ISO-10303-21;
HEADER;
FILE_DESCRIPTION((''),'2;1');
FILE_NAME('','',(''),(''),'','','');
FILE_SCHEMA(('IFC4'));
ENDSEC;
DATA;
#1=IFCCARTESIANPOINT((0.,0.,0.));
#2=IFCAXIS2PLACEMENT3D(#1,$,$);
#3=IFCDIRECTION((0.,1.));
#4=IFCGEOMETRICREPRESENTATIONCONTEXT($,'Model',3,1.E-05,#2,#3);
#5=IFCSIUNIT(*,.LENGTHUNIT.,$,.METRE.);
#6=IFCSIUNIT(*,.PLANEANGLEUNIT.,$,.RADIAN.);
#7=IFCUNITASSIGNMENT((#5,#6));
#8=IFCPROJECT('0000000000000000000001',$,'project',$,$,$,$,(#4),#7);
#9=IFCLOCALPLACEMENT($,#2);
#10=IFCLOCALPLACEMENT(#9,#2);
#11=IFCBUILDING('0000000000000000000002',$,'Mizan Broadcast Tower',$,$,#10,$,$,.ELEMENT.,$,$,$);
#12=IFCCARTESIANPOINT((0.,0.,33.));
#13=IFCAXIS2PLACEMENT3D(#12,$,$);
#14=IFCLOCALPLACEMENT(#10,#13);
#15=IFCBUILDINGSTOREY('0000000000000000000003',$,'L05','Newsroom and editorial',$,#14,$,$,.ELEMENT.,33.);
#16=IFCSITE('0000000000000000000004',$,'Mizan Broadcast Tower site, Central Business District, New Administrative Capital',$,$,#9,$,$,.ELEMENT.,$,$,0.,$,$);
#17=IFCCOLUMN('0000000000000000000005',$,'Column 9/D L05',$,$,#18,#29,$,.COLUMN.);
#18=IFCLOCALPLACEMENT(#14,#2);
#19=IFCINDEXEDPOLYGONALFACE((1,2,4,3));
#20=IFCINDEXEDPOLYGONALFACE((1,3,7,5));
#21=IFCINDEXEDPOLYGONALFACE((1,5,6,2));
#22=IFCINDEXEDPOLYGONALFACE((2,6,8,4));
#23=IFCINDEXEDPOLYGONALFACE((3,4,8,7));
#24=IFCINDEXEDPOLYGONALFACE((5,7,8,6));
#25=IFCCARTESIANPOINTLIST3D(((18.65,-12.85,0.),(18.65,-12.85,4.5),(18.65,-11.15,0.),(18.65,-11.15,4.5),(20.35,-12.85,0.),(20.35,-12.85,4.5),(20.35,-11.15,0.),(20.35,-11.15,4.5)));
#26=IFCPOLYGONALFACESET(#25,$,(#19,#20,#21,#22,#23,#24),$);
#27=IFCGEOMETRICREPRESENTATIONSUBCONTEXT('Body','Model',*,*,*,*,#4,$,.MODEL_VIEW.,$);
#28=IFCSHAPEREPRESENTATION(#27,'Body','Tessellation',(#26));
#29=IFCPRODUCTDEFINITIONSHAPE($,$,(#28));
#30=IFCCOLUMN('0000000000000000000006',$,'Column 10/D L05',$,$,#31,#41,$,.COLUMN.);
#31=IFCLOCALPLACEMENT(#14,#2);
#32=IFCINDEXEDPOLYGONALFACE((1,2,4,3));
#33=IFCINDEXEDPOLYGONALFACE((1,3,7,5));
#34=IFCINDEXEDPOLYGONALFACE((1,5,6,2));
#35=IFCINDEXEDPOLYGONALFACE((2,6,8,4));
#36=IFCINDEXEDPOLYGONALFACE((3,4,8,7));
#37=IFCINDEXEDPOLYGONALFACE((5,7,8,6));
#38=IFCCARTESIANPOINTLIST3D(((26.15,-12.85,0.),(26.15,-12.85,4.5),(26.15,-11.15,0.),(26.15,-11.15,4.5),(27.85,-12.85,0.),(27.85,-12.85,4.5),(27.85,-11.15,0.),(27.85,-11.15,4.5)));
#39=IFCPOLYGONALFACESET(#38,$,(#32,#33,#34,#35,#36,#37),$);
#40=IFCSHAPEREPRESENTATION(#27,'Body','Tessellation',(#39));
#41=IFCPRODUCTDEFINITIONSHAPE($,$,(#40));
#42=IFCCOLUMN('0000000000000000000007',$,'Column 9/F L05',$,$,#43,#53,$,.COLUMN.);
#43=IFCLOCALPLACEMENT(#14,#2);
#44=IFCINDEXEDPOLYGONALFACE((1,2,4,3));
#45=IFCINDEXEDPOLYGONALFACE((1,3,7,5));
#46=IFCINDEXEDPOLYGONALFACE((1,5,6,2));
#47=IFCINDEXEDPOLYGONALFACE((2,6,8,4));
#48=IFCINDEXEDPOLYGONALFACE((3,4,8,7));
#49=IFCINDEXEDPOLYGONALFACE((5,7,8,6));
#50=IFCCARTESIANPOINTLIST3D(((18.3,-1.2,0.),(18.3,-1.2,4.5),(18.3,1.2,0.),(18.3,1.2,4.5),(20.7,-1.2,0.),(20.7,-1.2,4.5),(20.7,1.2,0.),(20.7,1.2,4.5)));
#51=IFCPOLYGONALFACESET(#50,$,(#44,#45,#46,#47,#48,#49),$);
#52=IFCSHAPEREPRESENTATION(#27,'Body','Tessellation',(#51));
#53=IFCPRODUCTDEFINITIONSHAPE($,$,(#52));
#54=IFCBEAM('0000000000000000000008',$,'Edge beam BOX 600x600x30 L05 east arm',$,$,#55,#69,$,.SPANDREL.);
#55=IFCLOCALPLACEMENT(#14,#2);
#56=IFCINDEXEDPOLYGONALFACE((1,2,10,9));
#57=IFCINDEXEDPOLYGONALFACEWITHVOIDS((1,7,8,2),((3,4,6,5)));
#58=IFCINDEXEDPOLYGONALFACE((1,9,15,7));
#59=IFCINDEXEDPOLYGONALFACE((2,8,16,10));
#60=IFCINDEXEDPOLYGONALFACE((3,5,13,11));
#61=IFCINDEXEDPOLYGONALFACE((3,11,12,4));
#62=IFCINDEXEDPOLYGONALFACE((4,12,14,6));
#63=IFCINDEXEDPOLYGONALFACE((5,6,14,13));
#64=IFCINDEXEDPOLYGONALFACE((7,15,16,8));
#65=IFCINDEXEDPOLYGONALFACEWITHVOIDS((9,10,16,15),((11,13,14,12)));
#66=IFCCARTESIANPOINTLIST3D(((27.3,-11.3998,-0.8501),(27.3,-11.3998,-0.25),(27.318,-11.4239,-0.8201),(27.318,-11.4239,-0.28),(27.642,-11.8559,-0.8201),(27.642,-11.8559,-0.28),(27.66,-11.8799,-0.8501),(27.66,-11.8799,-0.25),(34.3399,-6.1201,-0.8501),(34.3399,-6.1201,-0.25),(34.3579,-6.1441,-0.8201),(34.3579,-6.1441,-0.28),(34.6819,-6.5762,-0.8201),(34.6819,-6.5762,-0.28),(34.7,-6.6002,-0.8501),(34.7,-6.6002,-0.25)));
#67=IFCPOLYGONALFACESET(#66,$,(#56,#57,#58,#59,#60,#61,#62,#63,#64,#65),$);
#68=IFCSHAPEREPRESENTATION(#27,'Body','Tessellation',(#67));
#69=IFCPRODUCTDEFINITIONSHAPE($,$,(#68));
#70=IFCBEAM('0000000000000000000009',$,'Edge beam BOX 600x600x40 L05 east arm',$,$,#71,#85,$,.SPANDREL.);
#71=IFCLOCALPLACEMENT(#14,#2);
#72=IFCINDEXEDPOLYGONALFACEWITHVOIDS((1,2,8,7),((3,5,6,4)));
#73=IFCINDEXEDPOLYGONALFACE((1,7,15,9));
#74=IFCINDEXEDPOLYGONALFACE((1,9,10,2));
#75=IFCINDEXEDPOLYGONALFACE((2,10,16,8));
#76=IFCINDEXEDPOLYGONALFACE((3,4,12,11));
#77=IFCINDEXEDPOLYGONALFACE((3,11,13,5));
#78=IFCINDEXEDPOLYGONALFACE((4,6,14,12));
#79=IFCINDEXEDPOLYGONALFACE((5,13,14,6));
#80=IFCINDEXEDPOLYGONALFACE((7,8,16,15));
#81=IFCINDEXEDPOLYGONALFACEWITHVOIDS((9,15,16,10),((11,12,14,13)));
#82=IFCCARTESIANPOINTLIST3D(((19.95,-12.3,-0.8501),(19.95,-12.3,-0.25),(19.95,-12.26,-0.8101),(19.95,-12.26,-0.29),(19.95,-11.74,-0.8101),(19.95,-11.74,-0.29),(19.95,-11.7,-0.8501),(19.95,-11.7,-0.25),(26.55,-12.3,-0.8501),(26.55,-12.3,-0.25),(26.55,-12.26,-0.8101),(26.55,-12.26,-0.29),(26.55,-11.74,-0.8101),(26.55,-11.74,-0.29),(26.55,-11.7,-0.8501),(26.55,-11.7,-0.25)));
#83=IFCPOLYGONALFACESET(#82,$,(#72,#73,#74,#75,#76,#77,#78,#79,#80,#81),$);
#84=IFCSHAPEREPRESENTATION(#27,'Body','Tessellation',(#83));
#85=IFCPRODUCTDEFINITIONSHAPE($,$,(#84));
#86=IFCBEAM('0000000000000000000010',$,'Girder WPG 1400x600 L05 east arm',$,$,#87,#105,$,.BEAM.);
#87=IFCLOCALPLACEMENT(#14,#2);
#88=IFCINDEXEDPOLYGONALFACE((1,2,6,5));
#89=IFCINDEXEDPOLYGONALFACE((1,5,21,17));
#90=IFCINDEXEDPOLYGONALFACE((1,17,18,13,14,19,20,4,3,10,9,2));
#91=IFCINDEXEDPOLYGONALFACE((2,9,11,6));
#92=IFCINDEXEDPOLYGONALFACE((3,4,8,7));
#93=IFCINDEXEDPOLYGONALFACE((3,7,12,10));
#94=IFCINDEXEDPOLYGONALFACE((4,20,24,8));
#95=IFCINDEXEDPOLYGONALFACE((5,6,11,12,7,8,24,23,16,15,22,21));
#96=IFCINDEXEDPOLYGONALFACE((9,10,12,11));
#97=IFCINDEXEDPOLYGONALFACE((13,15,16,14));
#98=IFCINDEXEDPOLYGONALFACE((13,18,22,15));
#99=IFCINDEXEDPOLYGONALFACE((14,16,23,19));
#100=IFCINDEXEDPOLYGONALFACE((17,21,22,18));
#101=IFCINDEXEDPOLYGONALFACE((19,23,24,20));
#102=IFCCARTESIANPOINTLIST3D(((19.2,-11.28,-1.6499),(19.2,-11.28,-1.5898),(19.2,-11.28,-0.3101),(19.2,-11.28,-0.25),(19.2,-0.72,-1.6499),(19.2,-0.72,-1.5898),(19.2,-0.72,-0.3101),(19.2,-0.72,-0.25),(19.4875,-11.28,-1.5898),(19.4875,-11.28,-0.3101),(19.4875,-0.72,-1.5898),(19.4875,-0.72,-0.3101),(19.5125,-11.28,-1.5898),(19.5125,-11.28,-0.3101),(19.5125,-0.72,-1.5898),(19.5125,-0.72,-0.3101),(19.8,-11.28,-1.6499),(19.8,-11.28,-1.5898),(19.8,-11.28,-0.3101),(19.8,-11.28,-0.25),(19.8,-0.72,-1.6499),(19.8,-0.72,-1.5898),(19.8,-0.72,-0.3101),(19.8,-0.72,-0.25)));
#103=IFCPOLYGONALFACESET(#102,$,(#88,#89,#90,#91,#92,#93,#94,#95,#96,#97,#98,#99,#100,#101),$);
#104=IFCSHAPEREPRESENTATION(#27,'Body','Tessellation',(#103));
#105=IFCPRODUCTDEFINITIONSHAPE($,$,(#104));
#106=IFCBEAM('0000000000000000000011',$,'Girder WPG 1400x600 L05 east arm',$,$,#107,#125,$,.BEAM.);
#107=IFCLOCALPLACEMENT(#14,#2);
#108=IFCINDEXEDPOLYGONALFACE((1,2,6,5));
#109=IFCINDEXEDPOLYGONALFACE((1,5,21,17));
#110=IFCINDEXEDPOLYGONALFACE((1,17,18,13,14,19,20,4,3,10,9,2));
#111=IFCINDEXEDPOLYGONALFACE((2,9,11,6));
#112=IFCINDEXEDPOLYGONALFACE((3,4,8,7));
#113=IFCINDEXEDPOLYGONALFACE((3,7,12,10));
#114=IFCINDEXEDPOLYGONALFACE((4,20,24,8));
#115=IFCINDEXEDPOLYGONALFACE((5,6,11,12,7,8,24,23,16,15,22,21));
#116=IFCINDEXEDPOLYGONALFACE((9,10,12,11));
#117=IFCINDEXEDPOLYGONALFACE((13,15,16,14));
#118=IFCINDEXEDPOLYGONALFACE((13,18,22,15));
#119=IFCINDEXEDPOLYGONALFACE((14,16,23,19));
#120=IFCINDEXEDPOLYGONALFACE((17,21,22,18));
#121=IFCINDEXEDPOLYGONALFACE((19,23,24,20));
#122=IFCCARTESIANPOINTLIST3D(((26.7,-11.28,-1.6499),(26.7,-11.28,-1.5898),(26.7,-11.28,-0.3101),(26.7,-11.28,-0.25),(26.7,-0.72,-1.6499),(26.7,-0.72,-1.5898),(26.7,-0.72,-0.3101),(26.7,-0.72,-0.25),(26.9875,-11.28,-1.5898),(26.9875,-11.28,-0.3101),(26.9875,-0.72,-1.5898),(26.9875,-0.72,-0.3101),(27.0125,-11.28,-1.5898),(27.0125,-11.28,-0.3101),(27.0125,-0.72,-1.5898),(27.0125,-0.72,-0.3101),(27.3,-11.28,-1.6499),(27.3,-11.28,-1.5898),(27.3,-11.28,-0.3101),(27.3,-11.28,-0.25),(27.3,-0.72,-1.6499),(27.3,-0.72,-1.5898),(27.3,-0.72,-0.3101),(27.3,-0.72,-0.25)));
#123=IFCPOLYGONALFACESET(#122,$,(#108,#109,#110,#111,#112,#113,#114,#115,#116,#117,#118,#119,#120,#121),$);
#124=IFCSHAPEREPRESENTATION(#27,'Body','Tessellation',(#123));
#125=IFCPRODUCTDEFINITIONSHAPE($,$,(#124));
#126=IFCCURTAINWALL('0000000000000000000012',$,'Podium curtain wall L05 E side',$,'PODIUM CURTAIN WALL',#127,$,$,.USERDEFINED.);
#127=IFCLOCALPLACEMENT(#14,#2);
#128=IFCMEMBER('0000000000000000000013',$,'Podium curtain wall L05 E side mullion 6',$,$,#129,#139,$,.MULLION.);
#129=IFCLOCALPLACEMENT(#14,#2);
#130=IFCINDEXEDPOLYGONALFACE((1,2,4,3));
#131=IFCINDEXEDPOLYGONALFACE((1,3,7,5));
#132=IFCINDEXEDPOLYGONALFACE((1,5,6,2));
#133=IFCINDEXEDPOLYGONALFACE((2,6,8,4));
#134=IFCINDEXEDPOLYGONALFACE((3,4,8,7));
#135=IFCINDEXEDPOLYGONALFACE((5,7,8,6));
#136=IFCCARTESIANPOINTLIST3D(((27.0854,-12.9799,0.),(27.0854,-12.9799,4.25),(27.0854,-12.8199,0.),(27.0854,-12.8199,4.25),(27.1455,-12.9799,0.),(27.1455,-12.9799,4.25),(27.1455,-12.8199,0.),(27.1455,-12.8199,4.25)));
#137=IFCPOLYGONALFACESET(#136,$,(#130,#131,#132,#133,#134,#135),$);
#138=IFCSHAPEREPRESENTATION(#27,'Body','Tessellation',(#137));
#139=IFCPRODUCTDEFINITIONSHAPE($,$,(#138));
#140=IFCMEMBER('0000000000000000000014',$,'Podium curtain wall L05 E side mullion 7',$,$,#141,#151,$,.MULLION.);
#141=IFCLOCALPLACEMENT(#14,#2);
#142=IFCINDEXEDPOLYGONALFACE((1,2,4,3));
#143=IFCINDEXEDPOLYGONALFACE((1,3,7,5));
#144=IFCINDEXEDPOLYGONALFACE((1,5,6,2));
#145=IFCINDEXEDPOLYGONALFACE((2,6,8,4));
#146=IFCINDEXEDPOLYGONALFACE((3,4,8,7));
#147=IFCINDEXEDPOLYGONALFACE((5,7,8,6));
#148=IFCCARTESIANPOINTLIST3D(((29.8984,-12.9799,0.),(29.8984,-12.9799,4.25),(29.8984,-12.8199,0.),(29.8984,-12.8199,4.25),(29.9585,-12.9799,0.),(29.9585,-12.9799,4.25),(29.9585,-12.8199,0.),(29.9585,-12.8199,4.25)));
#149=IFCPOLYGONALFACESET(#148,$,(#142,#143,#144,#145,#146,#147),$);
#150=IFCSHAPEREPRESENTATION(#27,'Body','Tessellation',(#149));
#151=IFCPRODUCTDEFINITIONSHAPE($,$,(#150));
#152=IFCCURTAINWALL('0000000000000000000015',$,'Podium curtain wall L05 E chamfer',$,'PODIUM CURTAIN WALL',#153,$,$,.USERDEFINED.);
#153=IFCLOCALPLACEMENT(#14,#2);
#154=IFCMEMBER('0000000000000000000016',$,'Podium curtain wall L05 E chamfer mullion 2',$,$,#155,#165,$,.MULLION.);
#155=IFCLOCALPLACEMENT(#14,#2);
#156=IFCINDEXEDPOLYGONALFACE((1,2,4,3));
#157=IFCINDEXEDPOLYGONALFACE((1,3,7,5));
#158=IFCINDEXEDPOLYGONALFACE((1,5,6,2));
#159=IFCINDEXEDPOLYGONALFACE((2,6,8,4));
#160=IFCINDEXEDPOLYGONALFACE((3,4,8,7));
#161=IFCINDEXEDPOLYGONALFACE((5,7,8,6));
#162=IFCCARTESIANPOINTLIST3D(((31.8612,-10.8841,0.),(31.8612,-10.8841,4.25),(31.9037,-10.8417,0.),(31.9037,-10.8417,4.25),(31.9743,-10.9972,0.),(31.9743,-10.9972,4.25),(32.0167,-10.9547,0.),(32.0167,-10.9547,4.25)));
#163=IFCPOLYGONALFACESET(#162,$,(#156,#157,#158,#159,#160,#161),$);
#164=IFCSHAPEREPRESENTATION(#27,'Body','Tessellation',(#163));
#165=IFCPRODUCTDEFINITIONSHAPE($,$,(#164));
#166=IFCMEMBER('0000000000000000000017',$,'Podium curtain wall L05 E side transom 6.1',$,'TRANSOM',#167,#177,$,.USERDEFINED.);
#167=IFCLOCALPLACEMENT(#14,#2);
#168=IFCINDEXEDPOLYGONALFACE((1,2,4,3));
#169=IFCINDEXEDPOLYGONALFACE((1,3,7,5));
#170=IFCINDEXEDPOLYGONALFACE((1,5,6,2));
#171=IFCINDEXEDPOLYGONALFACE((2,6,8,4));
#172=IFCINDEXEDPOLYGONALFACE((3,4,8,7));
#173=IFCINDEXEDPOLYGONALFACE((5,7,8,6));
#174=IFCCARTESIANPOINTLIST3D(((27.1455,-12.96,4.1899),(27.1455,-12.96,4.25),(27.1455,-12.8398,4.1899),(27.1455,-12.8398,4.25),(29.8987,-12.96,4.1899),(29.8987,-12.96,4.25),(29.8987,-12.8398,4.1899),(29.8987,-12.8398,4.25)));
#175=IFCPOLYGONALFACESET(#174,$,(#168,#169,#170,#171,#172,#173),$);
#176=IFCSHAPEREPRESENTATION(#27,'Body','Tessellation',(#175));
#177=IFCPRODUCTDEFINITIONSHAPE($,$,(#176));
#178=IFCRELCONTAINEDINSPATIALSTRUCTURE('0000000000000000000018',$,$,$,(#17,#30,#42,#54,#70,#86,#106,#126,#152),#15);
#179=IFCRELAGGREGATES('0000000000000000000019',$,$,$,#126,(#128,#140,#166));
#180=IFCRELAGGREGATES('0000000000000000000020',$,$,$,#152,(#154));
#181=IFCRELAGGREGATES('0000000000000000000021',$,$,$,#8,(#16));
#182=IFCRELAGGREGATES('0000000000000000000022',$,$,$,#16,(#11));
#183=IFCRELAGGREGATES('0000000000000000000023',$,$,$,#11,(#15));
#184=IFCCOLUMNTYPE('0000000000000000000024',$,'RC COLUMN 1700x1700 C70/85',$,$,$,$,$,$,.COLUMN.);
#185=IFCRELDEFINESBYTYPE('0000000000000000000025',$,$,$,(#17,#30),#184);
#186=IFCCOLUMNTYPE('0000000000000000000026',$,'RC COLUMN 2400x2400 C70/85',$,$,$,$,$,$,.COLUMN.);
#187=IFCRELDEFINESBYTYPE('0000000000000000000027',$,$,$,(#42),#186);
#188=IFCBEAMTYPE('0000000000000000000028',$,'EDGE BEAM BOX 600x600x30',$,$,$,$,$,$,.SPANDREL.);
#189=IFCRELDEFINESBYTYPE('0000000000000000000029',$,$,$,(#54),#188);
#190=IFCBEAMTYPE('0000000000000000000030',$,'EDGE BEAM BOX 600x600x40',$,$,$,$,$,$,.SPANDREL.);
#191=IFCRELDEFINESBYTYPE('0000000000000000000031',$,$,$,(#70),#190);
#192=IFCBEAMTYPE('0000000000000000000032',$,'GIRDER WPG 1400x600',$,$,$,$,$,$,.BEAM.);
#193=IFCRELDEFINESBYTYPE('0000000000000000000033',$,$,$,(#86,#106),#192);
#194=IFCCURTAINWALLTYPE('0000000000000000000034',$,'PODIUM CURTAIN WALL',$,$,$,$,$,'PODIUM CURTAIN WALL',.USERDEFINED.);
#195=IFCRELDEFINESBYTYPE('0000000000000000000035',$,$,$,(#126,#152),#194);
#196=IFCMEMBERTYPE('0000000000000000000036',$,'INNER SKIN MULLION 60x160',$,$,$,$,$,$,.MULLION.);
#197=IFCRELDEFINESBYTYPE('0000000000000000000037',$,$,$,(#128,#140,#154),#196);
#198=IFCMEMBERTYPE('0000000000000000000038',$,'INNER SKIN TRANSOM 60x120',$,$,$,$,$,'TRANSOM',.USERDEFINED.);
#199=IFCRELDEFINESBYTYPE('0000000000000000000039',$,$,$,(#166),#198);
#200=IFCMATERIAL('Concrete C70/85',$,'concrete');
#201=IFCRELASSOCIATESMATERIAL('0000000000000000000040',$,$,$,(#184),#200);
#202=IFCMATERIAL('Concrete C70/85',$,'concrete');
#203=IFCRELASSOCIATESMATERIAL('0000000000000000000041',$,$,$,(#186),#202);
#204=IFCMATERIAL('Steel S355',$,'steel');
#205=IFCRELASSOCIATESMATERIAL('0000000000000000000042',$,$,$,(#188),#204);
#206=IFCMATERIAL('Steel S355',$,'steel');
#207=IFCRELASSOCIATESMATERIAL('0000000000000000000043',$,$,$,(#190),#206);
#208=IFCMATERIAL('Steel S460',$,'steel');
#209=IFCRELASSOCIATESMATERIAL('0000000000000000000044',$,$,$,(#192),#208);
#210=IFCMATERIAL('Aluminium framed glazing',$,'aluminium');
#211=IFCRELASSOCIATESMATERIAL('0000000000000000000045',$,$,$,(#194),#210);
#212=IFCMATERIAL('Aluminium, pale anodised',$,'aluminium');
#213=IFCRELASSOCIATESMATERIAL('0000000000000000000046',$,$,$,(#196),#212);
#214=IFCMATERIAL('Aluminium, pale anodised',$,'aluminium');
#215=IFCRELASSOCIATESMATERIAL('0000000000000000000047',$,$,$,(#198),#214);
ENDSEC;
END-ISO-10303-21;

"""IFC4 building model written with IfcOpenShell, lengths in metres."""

from ifc_helpers import new_model, si_unit, direction, frame, origin, origin_2d, place, context, subcontext, project, spatial, rectangle, hollow_rectangle, i_section, extrude, material, material_profile, profile_set, type_object, element, aggregate, save


model = new_model("IFC4")

# Units and contexts
model_context = context("Model", 3, precision=1e-05, world=origin(), true_north=direction((0.0, 1.0)))
body_context = subcontext(model_context, "Body", "Model", "MODEL_VIEW")
ifc_project = project(units=[si_unit("LENGTHUNIT", "METRE"), si_unit("PLANEANGLEUNIT", "RADIAN")], contexts=[model_context])

# Site, building, storey
site_placement = place(None, origin())
site = spatial("IfcSite", under=ifc_project, at=site_placement, Name="Mizan Broadcast Tower site, Central Business District, New Administrative Capital", CompositionType="ELEMENT", RefElevation=0.0)
building_placement = place(site_placement, origin())
building = spatial("IfcBuilding", under=site, at=building_placement, Name="Mizan Broadcast Tower", CompositionType="ELEMENT")
storey_placement = place(building_placement, frame((0.0, 0.0, 33.0)))
storey = spatial("IfcBuildingStorey", under=building, at=storey_placement, Name="L05", Description="Newsroom and editorial", CompositionType="ELEMENT", Elevation=33.0)

# Columns
ifc_material_1 = material(Name="Concrete C70/85", Category="concrete")
ifc_material_profile_1 = material_profile(ifc_material_1, rectangle(XDim=1.7, YDim=1.7, at=origin_2d()), Name="RC 1700x1700")
ifc_profile_set_1 = profile_set([ifc_material_profile_1], Name="Concrete C70/85")
column_type_1 = type_object("IfcColumnType", Name="RC COLUMN 1700x1700 C70/85", PredefinedType="COLUMN", material=ifc_profile_set_1)
for number, where, z_axis, x_axis, name in (
    (1, (19.5, -12.0, 0.0), (0.0, 0.0, 1.0), (1.0, 0.0, 0.0), "Column 9/D L05"),
    (2, (27.0, -12.0, 0.0), (0.0, 0.0, 1.0), (1.0, 0.0, 0.0), "Column 10/D L05"),
):
    element("IfcColumn", number, at=place(storey_placement, frame(where, z_axis=z_axis, x_axis=x_axis)), inside=storey, type_object=column_type_1, Name=name, PredefinedType="COLUMN", context=body_context, shape_type="SweptSolid", body=[
        extrude(rectangle(XDim=1.7, YDim=1.7, at=origin_2d()), origin(), (0.0, 0.0, 1.0), 4.5),
    ])
ifc_material_2 = material(Name="Concrete C70/85", Category="concrete")
ifc_material_profile_2 = material_profile(ifc_material_2, rectangle(XDim=2.3999, YDim=2.3999, at=origin_2d()), Name="RC 2400x2400")
ifc_profile_set_2 = profile_set([ifc_material_profile_2], Name="Concrete C70/85")
column_type_2 = type_object("IfcColumnType", Name="RC COLUMN 2400x2400 C70/85", PredefinedType="COLUMN", material=ifc_profile_set_2)
column_placement = place(storey_placement, frame((19.5, 0.0, 0.0), z_axis=(0.0, 0.0, 1.0), x_axis=(1.0, 0.0, 0.0)))
element("IfcColumn", 3, at=column_placement, inside=storey, type_object=column_type_2, Name="Column 9/F L05", PredefinedType="COLUMN", context=body_context, shape_type="SweptSolid", body=[
    extrude(rectangle(XDim=2.3999, YDim=2.3999, at=origin_2d()), origin(), (0.0, 0.0, 1.0), 4.5),
])

# Beams
ifc_material_3 = material(Name="Steel S355", Category="steel")
ifc_material_profile_3 = material_profile(ifc_material_3, hollow_rectangle(XDim=0.6001, YDim=0.6001, WallThickness=0.03, at=origin_2d()), Name="BOX 600x600x30")
ifc_profile_set_3 = profile_set([ifc_material_profile_3], Name="Steel S355")
beam_type_1 = type_object("IfcBeamType", Name="EDGE BEAM BOX 600x600x30", PredefinedType="SPANDREL", material=ifc_profile_set_3)
beam_1_placement = place(storey_placement, frame((27.48, -11.6399, -0.55), z_axis=(0.800013, 0.599982, 0.0), x_axis=(-0.599982, 0.800013, 0.0)))
element("IfcBeam", 4, at=beam_1_placement, inside=storey, type_object=beam_type_1, Name="Edge beam BOX 600x600x30 L05 east arm", PredefinedType="SPANDREL", context=body_context, shape_type="SweptSolid", body=[
    extrude(hollow_rectangle(XDim=0.6001, YDim=0.6001, WallThickness=0.03, at=origin_2d()), origin(), (0.0, 0.0, 1.0), 8.7998),
])
ifc_material_4 = material(Name="Steel S355", Category="steel")
ifc_material_profile_4 = material_profile(ifc_material_4, hollow_rectangle(XDim=0.6001, YDim=0.6001, WallThickness=0.04, at=origin_2d()), Name="BOX 600x600x40")
ifc_profile_set_4 = profile_set([ifc_material_profile_4], Name="Steel S355")
beam_type_2 = type_object("IfcBeamType", Name="EDGE BEAM BOX 600x600x40", PredefinedType="SPANDREL", material=ifc_profile_set_4)
beam_2_placement = place(storey_placement, frame((19.95, -12.0, -0.55), z_axis=(1.0, 0.0, 0.0), x_axis=(0.0, 1.0, 0.0)))
element("IfcBeam", 5, at=beam_2_placement, inside=storey, type_object=beam_type_2, Name="Edge beam BOX 600x600x40 L05 east arm", PredefinedType="SPANDREL", context=body_context, shape_type="SweptSolid", body=[
    extrude(hollow_rectangle(XDim=0.6001, YDim=0.6001, WallThickness=0.04, at=origin_2d()), origin(), (0.0, 0.0, 1.0), 6.6001),
])
ifc_material_5 = material(Name="Steel S460", Category="steel")
ifc_material_profile_5 = material_profile(ifc_material_5, i_section(OverallWidth=0.6001, OverallDepth=1.3999, WebThickness=0.0249, FlangeThickness=0.0601, at=origin_2d()), Name="WPG 1400x600")
ifc_profile_set_5 = profile_set([ifc_material_profile_5], Name="Steel S460")
beam_type_3 = type_object("IfcBeamType", Name="GIRDER WPG 1400x600", PredefinedType="BEAM", material=ifc_profile_set_5)
for number, where, z_axis, x_axis, name in (
    (6, (19.5, -11.28, -0.95), (0.0, 1.0, 0.0), (-1.0, 0.0, 0.0), "Girder WPG 1400x600 L05 east arm"),
    (7, (27.0, -11.28, -0.95), (0.0, 1.0, 0.0), (-1.0, 0.0, 0.0), "Girder WPG 1400x600 L05 east arm"),
):
    element("IfcBeam", number, at=place(storey_placement, frame(where, z_axis=z_axis, x_axis=x_axis)), inside=storey, type_object=beam_type_3, Name=name, PredefinedType="BEAM", context=body_context, shape_type="SweptSolid", body=[
        extrude(i_section(OverallWidth=0.6001, OverallDepth=1.3999, WebThickness=0.0249, FlangeThickness=0.0601, at=origin_2d()), origin(), (0.0, 0.0, 1.0), 10.5601),
    ])

# Curtain wall, members
ifc_material_6 = material(Name="Aluminium framed glazing", Category="aluminium")
curtain_wall_type_1 = type_object("IfcCurtainWallType", Name="PODIUM CURTAIN WALL", ElementType="PODIUM CURTAIN WALL", PredefinedType="USERDEFINED", material=ifc_material_6)
curtain_wall_1_placement = place(storey_placement, origin())
curtain_wall_1 = element("IfcCurtainWall", 8, at=curtain_wall_1_placement, inside=storey, type_object=curtain_wall_type_1, Name="Podium curtain wall L05 E side", ObjectType="PODIUM CURTAIN WALL", PredefinedType="USERDEFINED")
ifc_material_7 = material(Name="Aluminium, pale anodised", Category="aluminium")
ifc_material_profile_6 = material_profile(ifc_material_7, rectangle(XDim=0.1599, YDim=0.0601, at=origin_2d()), Name="MULLION 160x60")
ifc_profile_set_6 = profile_set([ifc_material_profile_6], Name="Aluminium, pale anodised")
member_type_1 = type_object("IfcMemberType", Name="INNER SKIN MULLION 60x160", PredefinedType="MULLION", material=ifc_profile_set_6)
member_1_placement = place(storey_placement, frame((27.1155, -12.8999, 0.0), z_axis=(0.0, 0.0, 1.0), x_axis=(0.0, 1.0, 0.0)))
member_1 = element("IfcMember", 9, at=member_1_placement, type_object=member_type_1, Name="Podium curtain wall L05 E side mullion 6", PredefinedType="MULLION", context=body_context, shape_type="SweptSolid", body=[
    extrude(rectangle(XDim=0.1599, YDim=0.0601, at=origin_2d()), origin(), (0.0, 0.0, 1.0), 4.25),
])
member_2_placement = place(storey_placement, frame((29.9285, -12.8999, 0.0), z_axis=(0.0, 0.0, 1.0), x_axis=(0.0, 1.0, 0.0)))
member_2 = element("IfcMember", 10, at=member_2_placement, type_object=member_type_1, Name="Podium curtain wall L05 E side mullion 7", PredefinedType="MULLION", context=body_context, shape_type="SweptSolid", body=[
    extrude(rectangle(XDim=0.1599, YDim=0.0601, at=origin_2d()), origin(), (0.0, 0.0, 1.0), 4.25),
])

# Curtain wall, member
curtain_wall_2_placement = place(storey_placement, origin())
curtain_wall_2 = element("IfcCurtainWall", 11, at=curtain_wall_2_placement, inside=storey, type_object=curtain_wall_type_1, Name="Podium curtain wall L05 E chamfer", ObjectType="PODIUM CURTAIN WALL", PredefinedType="USERDEFINED")
member_3_placement = place(storey_placement, frame((31.939, -10.9194, 0.0), z_axis=(0.0, 0.0, 1.0), x_axis=(-0.707107, 0.707107, 0.0)))
member_3 = element("IfcMember", 12, at=member_3_placement, type_object=member_type_1, Name="Podium curtain wall L05 E chamfer mullion 2", PredefinedType="MULLION", context=body_context, shape_type="SweptSolid", body=[
    extrude(rectangle(XDim=0.1599, YDim=0.0601, at=origin_2d()), origin(), (0.0, 0.0, 1.0), 4.25),
])

# Member
ifc_material_8 = material(Name="Aluminium, pale anodised", Category="aluminium")
ifc_material_profile_7 = material_profile(ifc_material_8, rectangle(XDim=0.1201, YDim=0.0601, at=origin_2d()), Name="TRANSOM 120x60")
ifc_profile_set_7 = profile_set([ifc_material_profile_7], Name="Aluminium, pale anodised")
member_type_2 = type_object("IfcMemberType", Name="INNER SKIN TRANSOM 60x120", ElementType="TRANSOM", PredefinedType="USERDEFINED", material=ifc_profile_set_7)
member_4_placement = place(storey_placement, frame((27.1455, -12.8999, 4.22), z_axis=(1.0, 0.0, 0.0), x_axis=(0.0, 1.0, 0.0)))
member_4 = element("IfcMember", 13, at=member_4_placement, type_object=member_type_2, Name="Podium curtain wall L05 E side transom 6.1", ObjectType="TRANSOM", PredefinedType="USERDEFINED", context=body_context, shape_type="SweptSolid", body=[
    extrude(rectangle(XDim=0.1201, YDim=0.0601, at=origin_2d()), origin(), (0.0, 0.0, 1.0), 2.7532),
])

aggregate(curtain_wall_1, [member_1, member_2, member_4])
aggregate(curtain_wall_2, [member_3])

save(model, "model.ifc")
